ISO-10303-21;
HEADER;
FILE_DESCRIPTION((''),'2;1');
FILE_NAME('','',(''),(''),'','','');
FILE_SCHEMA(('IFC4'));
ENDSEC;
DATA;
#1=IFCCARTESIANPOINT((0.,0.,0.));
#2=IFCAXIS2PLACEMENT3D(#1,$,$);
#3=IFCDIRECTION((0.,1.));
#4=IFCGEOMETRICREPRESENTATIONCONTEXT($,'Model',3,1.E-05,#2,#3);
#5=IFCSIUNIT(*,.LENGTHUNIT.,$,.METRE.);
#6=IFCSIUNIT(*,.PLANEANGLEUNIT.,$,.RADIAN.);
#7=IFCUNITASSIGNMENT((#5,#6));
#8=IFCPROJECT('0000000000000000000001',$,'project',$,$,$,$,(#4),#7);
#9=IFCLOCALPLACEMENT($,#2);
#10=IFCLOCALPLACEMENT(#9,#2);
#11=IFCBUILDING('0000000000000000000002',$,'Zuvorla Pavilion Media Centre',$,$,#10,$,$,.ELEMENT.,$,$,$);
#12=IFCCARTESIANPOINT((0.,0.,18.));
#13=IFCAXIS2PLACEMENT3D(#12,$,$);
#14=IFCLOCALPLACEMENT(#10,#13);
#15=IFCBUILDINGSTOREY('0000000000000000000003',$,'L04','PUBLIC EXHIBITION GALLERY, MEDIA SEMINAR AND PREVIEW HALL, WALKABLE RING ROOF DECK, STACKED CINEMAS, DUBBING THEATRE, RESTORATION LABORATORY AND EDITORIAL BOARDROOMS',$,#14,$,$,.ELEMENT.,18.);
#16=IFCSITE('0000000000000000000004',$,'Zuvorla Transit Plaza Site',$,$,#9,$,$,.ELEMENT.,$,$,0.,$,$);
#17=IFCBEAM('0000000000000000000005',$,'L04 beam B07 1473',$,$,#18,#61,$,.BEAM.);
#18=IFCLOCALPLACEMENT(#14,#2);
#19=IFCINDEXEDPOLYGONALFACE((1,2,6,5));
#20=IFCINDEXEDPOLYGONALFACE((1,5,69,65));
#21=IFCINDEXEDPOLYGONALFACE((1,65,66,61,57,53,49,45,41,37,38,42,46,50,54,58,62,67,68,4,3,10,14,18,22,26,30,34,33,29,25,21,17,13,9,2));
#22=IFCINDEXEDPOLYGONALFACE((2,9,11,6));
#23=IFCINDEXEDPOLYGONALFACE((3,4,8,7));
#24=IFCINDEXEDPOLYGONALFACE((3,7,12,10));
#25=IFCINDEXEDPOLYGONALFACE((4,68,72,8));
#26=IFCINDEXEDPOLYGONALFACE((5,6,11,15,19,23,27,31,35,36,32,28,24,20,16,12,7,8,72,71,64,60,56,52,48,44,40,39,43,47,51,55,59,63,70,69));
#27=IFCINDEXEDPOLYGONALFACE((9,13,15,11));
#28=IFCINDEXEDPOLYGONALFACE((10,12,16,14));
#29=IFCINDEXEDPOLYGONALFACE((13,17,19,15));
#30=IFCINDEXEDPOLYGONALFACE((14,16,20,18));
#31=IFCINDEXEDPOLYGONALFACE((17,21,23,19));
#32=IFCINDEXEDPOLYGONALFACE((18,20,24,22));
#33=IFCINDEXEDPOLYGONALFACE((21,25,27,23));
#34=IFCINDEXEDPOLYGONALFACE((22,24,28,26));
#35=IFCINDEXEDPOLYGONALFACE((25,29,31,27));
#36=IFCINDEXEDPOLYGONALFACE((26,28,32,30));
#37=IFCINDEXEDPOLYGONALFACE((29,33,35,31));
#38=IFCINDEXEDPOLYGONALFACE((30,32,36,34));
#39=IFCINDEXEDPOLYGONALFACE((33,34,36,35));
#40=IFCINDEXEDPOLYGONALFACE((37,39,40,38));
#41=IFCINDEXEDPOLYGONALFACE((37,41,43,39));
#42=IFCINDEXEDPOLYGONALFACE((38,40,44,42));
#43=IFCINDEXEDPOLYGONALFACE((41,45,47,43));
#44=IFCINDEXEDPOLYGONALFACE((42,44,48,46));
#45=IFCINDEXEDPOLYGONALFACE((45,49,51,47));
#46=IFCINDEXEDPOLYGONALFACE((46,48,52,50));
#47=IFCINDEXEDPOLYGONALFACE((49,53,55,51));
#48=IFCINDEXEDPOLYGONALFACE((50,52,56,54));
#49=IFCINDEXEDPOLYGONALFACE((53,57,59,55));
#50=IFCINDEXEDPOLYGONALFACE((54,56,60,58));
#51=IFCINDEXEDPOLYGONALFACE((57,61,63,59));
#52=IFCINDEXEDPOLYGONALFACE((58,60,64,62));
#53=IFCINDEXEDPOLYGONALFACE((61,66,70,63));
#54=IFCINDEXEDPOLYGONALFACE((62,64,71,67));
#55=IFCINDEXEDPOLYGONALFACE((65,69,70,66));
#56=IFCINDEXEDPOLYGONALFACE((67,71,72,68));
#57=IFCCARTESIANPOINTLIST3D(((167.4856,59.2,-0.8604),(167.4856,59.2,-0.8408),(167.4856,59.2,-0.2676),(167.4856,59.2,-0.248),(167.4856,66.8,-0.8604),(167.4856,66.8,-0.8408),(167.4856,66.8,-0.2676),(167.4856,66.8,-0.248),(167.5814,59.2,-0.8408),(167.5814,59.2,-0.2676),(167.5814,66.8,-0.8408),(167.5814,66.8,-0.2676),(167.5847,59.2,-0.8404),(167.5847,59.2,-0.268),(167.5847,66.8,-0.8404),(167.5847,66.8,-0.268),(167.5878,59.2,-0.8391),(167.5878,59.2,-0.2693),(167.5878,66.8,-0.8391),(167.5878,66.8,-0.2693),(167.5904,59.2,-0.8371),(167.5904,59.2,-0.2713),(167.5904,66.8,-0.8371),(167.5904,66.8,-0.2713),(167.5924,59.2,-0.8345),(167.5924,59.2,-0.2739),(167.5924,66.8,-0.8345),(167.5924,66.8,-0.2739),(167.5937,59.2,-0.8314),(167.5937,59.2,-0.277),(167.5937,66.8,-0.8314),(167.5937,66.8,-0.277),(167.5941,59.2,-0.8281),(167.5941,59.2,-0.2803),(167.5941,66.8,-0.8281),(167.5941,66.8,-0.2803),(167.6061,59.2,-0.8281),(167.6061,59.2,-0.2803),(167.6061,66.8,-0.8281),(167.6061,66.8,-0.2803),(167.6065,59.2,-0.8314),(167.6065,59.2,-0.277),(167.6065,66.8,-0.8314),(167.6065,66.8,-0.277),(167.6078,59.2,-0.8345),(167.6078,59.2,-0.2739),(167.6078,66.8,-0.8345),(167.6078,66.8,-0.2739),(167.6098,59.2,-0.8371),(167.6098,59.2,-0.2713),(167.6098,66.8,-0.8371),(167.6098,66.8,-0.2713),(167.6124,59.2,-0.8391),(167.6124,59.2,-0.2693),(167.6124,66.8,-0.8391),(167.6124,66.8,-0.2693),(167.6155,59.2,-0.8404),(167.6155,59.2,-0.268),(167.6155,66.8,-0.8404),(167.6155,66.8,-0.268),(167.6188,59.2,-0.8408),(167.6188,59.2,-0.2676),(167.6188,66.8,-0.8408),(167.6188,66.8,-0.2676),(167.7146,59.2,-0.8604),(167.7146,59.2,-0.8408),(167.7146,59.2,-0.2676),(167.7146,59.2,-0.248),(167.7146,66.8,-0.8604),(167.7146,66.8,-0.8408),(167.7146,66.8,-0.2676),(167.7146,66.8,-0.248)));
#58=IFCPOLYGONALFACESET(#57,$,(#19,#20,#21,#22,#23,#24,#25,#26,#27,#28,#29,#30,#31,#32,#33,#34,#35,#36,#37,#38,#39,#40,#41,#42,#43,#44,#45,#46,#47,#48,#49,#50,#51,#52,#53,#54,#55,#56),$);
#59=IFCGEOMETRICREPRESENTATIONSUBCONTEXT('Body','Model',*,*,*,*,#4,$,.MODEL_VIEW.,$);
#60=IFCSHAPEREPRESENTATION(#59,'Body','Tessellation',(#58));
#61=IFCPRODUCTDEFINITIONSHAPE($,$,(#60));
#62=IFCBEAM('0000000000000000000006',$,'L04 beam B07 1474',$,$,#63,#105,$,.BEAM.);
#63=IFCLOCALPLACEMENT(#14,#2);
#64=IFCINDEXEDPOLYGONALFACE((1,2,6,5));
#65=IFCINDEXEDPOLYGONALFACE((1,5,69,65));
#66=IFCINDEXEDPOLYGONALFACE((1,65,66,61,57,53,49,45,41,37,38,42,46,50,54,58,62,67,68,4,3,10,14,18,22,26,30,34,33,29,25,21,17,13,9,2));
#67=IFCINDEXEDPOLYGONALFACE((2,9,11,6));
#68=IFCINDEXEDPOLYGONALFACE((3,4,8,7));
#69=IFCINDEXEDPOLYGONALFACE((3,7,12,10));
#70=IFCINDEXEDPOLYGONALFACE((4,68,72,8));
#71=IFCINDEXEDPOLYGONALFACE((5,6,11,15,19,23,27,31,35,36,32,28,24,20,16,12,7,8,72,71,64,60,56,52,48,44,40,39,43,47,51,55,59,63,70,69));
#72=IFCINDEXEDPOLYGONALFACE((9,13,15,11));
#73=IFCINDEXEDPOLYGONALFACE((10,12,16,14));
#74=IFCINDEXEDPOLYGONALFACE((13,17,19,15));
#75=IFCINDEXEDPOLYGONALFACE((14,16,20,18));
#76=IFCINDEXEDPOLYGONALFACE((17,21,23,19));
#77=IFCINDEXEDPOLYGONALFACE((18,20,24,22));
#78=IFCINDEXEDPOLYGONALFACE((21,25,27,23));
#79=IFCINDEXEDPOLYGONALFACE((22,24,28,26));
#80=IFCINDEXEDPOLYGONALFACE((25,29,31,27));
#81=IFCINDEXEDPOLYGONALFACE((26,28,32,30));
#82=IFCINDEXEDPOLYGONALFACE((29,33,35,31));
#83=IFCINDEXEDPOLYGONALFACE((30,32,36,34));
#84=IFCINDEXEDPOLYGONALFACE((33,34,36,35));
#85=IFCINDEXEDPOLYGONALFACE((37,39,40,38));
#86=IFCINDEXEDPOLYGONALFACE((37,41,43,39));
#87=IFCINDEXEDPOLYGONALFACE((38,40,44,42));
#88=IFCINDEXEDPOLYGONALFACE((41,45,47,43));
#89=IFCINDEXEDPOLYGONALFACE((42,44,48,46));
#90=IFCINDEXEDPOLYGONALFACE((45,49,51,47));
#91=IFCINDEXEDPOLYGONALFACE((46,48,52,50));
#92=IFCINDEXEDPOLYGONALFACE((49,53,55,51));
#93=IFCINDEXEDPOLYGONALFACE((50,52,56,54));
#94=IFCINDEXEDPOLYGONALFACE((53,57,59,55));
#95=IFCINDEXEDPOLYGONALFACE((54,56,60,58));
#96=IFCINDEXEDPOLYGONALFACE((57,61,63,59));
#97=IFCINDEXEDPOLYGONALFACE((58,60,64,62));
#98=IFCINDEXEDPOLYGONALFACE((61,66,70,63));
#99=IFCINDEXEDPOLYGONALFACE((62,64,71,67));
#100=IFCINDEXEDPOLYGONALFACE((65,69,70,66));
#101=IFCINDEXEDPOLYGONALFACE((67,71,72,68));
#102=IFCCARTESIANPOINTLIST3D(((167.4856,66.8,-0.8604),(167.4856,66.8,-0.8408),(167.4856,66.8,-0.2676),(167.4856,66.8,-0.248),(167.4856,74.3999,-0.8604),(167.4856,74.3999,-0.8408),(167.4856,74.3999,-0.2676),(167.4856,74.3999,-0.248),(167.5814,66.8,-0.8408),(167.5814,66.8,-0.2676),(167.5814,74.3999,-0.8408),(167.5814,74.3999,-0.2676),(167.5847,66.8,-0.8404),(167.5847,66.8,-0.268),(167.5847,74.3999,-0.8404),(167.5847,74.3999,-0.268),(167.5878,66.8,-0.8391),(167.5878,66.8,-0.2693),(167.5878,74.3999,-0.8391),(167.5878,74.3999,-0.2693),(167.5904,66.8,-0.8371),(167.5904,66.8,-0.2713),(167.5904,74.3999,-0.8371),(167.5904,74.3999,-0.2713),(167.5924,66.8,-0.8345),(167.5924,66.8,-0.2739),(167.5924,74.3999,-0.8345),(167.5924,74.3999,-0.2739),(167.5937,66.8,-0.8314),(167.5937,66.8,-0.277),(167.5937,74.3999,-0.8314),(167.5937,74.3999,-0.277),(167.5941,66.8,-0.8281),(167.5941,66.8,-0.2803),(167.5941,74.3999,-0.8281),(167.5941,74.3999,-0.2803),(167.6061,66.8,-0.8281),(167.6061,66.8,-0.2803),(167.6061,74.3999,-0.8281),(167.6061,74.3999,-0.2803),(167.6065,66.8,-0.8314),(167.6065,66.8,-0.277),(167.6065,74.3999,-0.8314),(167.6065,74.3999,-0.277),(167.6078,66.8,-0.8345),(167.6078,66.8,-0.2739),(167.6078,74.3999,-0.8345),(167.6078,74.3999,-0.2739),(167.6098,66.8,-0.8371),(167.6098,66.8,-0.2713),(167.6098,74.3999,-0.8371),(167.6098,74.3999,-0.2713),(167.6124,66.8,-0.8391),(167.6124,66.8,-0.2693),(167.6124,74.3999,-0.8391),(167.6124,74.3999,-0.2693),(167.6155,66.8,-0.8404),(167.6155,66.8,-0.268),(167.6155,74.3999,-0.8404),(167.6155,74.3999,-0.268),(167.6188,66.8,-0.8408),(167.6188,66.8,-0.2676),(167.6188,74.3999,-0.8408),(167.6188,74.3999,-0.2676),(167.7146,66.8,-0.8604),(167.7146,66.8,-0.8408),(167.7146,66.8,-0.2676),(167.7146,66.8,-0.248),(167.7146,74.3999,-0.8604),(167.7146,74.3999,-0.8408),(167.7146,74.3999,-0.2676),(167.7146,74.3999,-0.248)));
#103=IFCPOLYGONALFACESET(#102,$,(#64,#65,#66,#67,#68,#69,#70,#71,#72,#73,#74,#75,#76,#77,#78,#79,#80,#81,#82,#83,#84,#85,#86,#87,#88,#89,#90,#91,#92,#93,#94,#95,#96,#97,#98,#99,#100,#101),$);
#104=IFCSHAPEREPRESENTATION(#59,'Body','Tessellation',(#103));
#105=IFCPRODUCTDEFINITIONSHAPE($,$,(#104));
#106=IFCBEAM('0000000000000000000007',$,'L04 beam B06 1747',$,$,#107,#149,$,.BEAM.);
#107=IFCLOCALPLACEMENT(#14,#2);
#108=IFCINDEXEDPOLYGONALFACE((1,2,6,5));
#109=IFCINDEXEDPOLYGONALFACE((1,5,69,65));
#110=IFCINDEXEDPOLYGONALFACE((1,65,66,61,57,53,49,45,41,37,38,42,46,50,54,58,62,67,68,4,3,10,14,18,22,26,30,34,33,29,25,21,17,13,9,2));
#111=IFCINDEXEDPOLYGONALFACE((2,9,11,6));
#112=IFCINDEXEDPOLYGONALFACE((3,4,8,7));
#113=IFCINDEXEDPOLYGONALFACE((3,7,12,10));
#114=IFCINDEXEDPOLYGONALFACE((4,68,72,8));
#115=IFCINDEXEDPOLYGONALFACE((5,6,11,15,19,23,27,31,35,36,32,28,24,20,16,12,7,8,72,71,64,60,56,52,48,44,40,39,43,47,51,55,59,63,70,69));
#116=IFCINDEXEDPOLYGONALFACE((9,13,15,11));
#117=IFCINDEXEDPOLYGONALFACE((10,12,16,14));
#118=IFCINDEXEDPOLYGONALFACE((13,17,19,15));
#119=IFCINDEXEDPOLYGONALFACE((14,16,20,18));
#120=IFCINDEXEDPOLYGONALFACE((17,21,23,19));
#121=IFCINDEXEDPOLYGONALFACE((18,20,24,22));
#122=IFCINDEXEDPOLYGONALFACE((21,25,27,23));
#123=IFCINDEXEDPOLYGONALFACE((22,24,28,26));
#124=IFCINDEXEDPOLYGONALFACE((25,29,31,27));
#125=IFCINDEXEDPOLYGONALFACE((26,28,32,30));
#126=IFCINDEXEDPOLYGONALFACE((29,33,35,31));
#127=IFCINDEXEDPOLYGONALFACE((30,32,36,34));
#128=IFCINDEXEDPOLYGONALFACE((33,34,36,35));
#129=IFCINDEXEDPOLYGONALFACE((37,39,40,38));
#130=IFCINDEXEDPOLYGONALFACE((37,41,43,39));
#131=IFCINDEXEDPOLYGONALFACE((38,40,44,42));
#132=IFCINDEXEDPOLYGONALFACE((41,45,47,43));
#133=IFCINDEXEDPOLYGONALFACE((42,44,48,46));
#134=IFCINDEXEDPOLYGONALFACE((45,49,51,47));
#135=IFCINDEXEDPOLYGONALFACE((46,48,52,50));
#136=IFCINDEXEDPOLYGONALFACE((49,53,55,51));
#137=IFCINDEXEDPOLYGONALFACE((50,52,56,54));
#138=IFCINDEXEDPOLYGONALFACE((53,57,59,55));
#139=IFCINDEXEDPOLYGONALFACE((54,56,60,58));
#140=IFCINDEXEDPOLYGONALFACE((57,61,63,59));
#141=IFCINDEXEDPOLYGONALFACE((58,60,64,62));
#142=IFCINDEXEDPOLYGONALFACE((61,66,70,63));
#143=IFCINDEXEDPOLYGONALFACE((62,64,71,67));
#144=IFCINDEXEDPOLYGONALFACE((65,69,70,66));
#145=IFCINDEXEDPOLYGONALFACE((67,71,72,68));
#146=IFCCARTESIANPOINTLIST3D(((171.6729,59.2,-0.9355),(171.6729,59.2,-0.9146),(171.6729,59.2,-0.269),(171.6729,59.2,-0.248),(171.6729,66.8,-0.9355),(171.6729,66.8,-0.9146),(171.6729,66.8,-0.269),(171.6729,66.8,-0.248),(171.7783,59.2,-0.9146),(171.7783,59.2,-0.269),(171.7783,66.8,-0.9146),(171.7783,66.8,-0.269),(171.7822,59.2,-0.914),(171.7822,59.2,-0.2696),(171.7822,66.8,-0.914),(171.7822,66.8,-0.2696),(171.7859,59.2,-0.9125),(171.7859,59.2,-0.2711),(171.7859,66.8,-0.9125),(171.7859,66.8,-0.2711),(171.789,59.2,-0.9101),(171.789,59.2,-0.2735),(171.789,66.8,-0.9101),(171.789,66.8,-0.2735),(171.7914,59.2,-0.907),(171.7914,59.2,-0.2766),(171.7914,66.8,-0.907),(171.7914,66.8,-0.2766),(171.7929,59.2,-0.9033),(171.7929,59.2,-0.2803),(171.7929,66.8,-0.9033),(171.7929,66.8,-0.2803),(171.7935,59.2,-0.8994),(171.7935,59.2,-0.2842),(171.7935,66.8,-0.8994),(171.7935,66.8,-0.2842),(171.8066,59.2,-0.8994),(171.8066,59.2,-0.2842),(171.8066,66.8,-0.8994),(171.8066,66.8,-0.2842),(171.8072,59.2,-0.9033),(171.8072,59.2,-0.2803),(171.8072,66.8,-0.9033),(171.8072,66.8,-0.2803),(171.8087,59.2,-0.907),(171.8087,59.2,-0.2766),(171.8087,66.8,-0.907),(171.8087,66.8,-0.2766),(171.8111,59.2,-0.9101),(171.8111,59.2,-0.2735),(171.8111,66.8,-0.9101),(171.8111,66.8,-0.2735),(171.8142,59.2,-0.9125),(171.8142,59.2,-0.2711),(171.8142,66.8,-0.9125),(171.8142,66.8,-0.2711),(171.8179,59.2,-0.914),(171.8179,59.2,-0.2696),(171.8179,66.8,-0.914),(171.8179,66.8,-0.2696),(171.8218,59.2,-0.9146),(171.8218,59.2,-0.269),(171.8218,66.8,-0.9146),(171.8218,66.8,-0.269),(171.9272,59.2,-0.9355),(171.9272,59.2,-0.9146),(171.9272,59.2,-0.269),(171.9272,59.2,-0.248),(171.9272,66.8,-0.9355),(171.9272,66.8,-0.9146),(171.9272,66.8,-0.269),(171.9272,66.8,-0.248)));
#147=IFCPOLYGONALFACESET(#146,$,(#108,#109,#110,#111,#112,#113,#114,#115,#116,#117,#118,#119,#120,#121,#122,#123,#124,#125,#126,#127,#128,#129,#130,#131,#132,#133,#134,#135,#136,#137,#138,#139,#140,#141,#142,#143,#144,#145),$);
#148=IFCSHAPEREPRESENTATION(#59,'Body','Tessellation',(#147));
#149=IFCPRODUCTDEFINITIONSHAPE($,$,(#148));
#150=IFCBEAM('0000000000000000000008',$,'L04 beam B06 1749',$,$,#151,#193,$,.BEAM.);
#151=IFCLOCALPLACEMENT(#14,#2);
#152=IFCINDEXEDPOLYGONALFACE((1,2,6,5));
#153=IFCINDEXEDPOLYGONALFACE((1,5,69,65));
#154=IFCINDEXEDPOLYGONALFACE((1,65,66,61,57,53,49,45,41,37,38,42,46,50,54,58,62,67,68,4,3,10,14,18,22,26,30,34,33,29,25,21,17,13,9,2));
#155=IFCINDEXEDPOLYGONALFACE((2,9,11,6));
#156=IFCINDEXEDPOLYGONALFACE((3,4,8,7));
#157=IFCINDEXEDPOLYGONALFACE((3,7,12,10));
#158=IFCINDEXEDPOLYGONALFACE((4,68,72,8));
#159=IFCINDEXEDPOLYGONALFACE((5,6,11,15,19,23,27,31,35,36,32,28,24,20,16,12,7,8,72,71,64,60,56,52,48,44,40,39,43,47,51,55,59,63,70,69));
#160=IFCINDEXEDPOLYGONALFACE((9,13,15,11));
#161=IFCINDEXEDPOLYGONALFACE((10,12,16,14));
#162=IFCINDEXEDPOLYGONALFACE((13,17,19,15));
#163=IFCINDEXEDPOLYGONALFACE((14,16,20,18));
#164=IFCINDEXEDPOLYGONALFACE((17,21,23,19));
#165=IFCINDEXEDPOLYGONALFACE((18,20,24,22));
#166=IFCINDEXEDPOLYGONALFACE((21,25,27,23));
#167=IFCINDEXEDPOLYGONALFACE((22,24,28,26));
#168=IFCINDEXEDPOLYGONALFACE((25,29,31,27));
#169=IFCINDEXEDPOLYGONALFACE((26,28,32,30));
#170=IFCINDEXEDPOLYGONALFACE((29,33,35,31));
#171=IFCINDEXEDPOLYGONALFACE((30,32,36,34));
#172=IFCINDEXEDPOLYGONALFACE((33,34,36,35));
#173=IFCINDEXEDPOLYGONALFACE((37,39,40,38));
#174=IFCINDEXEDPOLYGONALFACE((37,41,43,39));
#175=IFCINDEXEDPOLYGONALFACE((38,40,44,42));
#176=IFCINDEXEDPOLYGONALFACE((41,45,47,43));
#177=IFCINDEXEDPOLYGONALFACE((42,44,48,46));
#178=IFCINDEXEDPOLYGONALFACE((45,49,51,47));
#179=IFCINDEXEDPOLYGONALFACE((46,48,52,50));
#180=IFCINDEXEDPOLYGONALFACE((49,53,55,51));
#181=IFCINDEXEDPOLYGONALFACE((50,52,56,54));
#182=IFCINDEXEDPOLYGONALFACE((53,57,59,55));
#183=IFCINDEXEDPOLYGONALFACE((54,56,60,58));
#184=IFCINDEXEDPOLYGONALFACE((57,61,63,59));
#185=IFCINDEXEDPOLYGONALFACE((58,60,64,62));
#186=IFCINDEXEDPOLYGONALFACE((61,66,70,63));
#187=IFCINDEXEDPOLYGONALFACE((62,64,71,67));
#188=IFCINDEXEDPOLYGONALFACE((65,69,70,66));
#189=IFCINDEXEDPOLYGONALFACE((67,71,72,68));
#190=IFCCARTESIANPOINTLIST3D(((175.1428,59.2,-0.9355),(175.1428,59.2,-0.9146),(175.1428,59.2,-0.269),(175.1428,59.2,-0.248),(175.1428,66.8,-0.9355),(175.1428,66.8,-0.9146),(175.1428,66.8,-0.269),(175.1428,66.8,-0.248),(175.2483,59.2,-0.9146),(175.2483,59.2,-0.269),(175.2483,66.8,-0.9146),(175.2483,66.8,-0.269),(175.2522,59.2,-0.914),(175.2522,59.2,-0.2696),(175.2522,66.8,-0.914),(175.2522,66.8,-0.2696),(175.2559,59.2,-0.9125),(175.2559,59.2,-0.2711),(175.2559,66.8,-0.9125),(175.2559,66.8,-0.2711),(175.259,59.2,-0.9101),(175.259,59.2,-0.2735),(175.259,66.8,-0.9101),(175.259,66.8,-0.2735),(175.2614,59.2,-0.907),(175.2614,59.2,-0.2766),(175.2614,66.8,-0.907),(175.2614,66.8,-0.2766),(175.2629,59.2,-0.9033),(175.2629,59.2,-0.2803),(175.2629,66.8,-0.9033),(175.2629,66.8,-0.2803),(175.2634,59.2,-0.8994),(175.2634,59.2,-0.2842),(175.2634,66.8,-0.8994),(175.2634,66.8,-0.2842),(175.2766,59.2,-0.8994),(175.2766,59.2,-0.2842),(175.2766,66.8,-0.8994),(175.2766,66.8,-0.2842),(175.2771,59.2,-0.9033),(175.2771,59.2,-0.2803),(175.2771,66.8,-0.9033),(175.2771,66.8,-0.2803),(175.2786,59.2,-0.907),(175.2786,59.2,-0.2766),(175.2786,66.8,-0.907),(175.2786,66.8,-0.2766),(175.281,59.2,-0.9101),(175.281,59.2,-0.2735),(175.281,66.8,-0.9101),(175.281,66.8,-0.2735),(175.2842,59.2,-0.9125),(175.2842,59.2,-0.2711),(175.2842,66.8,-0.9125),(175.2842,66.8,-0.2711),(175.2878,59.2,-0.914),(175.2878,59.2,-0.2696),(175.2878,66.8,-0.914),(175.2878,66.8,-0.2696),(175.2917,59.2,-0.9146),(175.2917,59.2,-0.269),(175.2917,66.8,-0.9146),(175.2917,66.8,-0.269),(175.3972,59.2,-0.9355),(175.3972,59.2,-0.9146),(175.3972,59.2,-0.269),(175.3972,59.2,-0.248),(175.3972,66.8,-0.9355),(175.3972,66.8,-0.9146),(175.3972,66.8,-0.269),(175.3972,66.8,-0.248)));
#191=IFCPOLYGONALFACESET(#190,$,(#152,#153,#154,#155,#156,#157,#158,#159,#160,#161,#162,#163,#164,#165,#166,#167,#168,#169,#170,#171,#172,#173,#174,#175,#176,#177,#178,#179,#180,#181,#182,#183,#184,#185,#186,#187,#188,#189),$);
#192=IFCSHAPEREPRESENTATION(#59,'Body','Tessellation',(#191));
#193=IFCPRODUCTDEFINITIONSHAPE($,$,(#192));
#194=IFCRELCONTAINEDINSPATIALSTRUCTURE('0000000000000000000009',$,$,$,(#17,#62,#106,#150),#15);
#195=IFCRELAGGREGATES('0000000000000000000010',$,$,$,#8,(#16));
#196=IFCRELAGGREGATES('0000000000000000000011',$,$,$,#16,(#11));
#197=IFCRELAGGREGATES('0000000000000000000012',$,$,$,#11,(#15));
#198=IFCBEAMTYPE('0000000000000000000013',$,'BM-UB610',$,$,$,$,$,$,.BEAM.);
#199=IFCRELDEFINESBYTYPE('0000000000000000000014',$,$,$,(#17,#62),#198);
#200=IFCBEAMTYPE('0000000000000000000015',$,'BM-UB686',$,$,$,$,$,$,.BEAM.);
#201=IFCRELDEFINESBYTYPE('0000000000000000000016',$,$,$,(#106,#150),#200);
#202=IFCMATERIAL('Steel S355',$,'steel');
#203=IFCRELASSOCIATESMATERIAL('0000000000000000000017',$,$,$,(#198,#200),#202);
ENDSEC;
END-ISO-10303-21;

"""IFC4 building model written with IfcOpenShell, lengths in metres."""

from ifc_helpers import new_model, si_unit, direction, frame, origin, origin_2d, place, context, subcontext, project, spatial, i_section, extrude, material, material_profile, profile_set, type_object, element, save


model = new_model("IFC4")

# Units and contexts
model_context = context("Model", 3, precision=1e-05, world=origin(), true_north=direction((0.0, 1.0)))
body_context = subcontext(model_context, "Body", "Model", "MODEL_VIEW")
ifc_project = project(units=[si_unit("LENGTHUNIT", "METRE"), si_unit("PLANEANGLEUNIT", "RADIAN")], contexts=[model_context])

# Site, building, storey
site_placement = place(None, origin())
site = spatial("IfcSite", under=ifc_project, at=site_placement, Name="Zuvorla Transit Plaza Site", CompositionType="ELEMENT", RefElevation=0.0)
building_placement = place(site_placement, origin())
building = spatial("IfcBuilding", under=site, at=building_placement, Name="Zuvorla Pavilion Media Centre", CompositionType="ELEMENT")
storey_placement = place(building_placement, frame((0.0, 0.0, 18.0)))
storey = spatial("IfcBuildingStorey", under=building, at=storey_placement, Name="L04", Description="PUBLIC EXHIBITION GALLERY, MEDIA SEMINAR AND PREVIEW HALL, WALKABLE RING ROOF DECK, STACKED CINEMAS, DUBBING THEATRE, RESTORATION LABORATORY AND EDITORIAL BOARDROOMS", CompositionType="ELEMENT", Elevation=18.0)

# Beams
ifc_material = material(Name="Steel S355", Category="steel")
ifc_material_profile_1 = material_profile(ifc_material, i_section(OverallWidth=0.229, OverallDepth=0.6123, WebThickness=0.012, FlangeThickness=0.0195, FilletRadius=0.0127, at=origin_2d()), Name="UB 610x229x125")
ifc_profile_set_1 = profile_set([ifc_material_profile_1], Name="Steel S355")
beam_type_1 = type_object("IfcBeamType", Name="BM-UB610", PredefinedType="BEAM", material=ifc_profile_set_1)
beam_1_placement = place(storey_placement, frame((167.6001, 59.2, -0.5542), z_axis=(0.0, 1.0, 0.0), x_axis=(-1.0, 0.0, 0.0)))
element("IfcBeam", 1, at=beam_1_placement, inside=storey, type_object=beam_type_1, Name="L04 beam B07 1473", PredefinedType="BEAM", context=body_context, shape_type="SweptSolid", body=[
    extrude(i_section(OverallWidth=0.229, OverallDepth=0.6123, WebThickness=0.012, FlangeThickness=0.0195, FilletRadius=0.0127, at=origin_2d()), origin(), (0.0, 0.0, 1.0), 7.6001),
])
beam_2_placement = place(storey_placement, frame((167.6001, 66.8, -0.5542), z_axis=(0.0, 1.0, 0.0), x_axis=(-1.0, 0.0, 0.0)))
element("IfcBeam", 2, at=beam_2_placement, inside=storey, type_object=beam_type_1, Name="L04 beam B07 1474", PredefinedType="BEAM", context=body_context, shape_type="SweptSolid", body=[
    extrude(i_section(OverallWidth=0.229, OverallDepth=0.6123, WebThickness=0.012, FlangeThickness=0.0195, FilletRadius=0.0127, at=origin_2d()), origin(), (0.0, 0.0, 1.0), 7.5999),
])
ifc_material_profile_2 = material_profile(ifc_material, i_section(OverallWidth=0.2544, OverallDepth=0.6875, WebThickness=0.0132, FlangeThickness=0.021, FilletRadius=0.0151, at=origin_2d()), Name="UB 686x254x152")
ifc_profile_set_2 = profile_set([ifc_material_profile_2], Name="Steel S355")
beam_type_2 = type_object("IfcBeamType", Name="BM-UB686", PredefinedType="BEAM", material=ifc_profile_set_2)
for number, where, z_axis, x_axis, name in (
    (3, (171.8, 59.2, -0.5918), (0.0, 1.0, 0.0), (-1.0, 0.0, 0.0), "L04 beam B06 1747"),
    (4, (175.27, 59.2, -0.5918), (0.0, 1.0, 0.0), (-1.0, 0.0, 0.0), "L04 beam B06 1749"),
):
    element("IfcBeam", number, at=place(storey_placement, frame(where, z_axis=z_axis, x_axis=x_axis)), inside=storey, type_object=beam_type_2, Name=name, PredefinedType="BEAM", context=body_context, shape_type="SweptSolid", body=[
        extrude(i_section(OverallWidth=0.2544, OverallDepth=0.6875, WebThickness=0.0132, FlangeThickness=0.021, FilletRadius=0.0151, at=origin_2d()), origin(), (0.0, 0.0, 1.0), 7.6001),
    ])

save(model, "model.ifc")
